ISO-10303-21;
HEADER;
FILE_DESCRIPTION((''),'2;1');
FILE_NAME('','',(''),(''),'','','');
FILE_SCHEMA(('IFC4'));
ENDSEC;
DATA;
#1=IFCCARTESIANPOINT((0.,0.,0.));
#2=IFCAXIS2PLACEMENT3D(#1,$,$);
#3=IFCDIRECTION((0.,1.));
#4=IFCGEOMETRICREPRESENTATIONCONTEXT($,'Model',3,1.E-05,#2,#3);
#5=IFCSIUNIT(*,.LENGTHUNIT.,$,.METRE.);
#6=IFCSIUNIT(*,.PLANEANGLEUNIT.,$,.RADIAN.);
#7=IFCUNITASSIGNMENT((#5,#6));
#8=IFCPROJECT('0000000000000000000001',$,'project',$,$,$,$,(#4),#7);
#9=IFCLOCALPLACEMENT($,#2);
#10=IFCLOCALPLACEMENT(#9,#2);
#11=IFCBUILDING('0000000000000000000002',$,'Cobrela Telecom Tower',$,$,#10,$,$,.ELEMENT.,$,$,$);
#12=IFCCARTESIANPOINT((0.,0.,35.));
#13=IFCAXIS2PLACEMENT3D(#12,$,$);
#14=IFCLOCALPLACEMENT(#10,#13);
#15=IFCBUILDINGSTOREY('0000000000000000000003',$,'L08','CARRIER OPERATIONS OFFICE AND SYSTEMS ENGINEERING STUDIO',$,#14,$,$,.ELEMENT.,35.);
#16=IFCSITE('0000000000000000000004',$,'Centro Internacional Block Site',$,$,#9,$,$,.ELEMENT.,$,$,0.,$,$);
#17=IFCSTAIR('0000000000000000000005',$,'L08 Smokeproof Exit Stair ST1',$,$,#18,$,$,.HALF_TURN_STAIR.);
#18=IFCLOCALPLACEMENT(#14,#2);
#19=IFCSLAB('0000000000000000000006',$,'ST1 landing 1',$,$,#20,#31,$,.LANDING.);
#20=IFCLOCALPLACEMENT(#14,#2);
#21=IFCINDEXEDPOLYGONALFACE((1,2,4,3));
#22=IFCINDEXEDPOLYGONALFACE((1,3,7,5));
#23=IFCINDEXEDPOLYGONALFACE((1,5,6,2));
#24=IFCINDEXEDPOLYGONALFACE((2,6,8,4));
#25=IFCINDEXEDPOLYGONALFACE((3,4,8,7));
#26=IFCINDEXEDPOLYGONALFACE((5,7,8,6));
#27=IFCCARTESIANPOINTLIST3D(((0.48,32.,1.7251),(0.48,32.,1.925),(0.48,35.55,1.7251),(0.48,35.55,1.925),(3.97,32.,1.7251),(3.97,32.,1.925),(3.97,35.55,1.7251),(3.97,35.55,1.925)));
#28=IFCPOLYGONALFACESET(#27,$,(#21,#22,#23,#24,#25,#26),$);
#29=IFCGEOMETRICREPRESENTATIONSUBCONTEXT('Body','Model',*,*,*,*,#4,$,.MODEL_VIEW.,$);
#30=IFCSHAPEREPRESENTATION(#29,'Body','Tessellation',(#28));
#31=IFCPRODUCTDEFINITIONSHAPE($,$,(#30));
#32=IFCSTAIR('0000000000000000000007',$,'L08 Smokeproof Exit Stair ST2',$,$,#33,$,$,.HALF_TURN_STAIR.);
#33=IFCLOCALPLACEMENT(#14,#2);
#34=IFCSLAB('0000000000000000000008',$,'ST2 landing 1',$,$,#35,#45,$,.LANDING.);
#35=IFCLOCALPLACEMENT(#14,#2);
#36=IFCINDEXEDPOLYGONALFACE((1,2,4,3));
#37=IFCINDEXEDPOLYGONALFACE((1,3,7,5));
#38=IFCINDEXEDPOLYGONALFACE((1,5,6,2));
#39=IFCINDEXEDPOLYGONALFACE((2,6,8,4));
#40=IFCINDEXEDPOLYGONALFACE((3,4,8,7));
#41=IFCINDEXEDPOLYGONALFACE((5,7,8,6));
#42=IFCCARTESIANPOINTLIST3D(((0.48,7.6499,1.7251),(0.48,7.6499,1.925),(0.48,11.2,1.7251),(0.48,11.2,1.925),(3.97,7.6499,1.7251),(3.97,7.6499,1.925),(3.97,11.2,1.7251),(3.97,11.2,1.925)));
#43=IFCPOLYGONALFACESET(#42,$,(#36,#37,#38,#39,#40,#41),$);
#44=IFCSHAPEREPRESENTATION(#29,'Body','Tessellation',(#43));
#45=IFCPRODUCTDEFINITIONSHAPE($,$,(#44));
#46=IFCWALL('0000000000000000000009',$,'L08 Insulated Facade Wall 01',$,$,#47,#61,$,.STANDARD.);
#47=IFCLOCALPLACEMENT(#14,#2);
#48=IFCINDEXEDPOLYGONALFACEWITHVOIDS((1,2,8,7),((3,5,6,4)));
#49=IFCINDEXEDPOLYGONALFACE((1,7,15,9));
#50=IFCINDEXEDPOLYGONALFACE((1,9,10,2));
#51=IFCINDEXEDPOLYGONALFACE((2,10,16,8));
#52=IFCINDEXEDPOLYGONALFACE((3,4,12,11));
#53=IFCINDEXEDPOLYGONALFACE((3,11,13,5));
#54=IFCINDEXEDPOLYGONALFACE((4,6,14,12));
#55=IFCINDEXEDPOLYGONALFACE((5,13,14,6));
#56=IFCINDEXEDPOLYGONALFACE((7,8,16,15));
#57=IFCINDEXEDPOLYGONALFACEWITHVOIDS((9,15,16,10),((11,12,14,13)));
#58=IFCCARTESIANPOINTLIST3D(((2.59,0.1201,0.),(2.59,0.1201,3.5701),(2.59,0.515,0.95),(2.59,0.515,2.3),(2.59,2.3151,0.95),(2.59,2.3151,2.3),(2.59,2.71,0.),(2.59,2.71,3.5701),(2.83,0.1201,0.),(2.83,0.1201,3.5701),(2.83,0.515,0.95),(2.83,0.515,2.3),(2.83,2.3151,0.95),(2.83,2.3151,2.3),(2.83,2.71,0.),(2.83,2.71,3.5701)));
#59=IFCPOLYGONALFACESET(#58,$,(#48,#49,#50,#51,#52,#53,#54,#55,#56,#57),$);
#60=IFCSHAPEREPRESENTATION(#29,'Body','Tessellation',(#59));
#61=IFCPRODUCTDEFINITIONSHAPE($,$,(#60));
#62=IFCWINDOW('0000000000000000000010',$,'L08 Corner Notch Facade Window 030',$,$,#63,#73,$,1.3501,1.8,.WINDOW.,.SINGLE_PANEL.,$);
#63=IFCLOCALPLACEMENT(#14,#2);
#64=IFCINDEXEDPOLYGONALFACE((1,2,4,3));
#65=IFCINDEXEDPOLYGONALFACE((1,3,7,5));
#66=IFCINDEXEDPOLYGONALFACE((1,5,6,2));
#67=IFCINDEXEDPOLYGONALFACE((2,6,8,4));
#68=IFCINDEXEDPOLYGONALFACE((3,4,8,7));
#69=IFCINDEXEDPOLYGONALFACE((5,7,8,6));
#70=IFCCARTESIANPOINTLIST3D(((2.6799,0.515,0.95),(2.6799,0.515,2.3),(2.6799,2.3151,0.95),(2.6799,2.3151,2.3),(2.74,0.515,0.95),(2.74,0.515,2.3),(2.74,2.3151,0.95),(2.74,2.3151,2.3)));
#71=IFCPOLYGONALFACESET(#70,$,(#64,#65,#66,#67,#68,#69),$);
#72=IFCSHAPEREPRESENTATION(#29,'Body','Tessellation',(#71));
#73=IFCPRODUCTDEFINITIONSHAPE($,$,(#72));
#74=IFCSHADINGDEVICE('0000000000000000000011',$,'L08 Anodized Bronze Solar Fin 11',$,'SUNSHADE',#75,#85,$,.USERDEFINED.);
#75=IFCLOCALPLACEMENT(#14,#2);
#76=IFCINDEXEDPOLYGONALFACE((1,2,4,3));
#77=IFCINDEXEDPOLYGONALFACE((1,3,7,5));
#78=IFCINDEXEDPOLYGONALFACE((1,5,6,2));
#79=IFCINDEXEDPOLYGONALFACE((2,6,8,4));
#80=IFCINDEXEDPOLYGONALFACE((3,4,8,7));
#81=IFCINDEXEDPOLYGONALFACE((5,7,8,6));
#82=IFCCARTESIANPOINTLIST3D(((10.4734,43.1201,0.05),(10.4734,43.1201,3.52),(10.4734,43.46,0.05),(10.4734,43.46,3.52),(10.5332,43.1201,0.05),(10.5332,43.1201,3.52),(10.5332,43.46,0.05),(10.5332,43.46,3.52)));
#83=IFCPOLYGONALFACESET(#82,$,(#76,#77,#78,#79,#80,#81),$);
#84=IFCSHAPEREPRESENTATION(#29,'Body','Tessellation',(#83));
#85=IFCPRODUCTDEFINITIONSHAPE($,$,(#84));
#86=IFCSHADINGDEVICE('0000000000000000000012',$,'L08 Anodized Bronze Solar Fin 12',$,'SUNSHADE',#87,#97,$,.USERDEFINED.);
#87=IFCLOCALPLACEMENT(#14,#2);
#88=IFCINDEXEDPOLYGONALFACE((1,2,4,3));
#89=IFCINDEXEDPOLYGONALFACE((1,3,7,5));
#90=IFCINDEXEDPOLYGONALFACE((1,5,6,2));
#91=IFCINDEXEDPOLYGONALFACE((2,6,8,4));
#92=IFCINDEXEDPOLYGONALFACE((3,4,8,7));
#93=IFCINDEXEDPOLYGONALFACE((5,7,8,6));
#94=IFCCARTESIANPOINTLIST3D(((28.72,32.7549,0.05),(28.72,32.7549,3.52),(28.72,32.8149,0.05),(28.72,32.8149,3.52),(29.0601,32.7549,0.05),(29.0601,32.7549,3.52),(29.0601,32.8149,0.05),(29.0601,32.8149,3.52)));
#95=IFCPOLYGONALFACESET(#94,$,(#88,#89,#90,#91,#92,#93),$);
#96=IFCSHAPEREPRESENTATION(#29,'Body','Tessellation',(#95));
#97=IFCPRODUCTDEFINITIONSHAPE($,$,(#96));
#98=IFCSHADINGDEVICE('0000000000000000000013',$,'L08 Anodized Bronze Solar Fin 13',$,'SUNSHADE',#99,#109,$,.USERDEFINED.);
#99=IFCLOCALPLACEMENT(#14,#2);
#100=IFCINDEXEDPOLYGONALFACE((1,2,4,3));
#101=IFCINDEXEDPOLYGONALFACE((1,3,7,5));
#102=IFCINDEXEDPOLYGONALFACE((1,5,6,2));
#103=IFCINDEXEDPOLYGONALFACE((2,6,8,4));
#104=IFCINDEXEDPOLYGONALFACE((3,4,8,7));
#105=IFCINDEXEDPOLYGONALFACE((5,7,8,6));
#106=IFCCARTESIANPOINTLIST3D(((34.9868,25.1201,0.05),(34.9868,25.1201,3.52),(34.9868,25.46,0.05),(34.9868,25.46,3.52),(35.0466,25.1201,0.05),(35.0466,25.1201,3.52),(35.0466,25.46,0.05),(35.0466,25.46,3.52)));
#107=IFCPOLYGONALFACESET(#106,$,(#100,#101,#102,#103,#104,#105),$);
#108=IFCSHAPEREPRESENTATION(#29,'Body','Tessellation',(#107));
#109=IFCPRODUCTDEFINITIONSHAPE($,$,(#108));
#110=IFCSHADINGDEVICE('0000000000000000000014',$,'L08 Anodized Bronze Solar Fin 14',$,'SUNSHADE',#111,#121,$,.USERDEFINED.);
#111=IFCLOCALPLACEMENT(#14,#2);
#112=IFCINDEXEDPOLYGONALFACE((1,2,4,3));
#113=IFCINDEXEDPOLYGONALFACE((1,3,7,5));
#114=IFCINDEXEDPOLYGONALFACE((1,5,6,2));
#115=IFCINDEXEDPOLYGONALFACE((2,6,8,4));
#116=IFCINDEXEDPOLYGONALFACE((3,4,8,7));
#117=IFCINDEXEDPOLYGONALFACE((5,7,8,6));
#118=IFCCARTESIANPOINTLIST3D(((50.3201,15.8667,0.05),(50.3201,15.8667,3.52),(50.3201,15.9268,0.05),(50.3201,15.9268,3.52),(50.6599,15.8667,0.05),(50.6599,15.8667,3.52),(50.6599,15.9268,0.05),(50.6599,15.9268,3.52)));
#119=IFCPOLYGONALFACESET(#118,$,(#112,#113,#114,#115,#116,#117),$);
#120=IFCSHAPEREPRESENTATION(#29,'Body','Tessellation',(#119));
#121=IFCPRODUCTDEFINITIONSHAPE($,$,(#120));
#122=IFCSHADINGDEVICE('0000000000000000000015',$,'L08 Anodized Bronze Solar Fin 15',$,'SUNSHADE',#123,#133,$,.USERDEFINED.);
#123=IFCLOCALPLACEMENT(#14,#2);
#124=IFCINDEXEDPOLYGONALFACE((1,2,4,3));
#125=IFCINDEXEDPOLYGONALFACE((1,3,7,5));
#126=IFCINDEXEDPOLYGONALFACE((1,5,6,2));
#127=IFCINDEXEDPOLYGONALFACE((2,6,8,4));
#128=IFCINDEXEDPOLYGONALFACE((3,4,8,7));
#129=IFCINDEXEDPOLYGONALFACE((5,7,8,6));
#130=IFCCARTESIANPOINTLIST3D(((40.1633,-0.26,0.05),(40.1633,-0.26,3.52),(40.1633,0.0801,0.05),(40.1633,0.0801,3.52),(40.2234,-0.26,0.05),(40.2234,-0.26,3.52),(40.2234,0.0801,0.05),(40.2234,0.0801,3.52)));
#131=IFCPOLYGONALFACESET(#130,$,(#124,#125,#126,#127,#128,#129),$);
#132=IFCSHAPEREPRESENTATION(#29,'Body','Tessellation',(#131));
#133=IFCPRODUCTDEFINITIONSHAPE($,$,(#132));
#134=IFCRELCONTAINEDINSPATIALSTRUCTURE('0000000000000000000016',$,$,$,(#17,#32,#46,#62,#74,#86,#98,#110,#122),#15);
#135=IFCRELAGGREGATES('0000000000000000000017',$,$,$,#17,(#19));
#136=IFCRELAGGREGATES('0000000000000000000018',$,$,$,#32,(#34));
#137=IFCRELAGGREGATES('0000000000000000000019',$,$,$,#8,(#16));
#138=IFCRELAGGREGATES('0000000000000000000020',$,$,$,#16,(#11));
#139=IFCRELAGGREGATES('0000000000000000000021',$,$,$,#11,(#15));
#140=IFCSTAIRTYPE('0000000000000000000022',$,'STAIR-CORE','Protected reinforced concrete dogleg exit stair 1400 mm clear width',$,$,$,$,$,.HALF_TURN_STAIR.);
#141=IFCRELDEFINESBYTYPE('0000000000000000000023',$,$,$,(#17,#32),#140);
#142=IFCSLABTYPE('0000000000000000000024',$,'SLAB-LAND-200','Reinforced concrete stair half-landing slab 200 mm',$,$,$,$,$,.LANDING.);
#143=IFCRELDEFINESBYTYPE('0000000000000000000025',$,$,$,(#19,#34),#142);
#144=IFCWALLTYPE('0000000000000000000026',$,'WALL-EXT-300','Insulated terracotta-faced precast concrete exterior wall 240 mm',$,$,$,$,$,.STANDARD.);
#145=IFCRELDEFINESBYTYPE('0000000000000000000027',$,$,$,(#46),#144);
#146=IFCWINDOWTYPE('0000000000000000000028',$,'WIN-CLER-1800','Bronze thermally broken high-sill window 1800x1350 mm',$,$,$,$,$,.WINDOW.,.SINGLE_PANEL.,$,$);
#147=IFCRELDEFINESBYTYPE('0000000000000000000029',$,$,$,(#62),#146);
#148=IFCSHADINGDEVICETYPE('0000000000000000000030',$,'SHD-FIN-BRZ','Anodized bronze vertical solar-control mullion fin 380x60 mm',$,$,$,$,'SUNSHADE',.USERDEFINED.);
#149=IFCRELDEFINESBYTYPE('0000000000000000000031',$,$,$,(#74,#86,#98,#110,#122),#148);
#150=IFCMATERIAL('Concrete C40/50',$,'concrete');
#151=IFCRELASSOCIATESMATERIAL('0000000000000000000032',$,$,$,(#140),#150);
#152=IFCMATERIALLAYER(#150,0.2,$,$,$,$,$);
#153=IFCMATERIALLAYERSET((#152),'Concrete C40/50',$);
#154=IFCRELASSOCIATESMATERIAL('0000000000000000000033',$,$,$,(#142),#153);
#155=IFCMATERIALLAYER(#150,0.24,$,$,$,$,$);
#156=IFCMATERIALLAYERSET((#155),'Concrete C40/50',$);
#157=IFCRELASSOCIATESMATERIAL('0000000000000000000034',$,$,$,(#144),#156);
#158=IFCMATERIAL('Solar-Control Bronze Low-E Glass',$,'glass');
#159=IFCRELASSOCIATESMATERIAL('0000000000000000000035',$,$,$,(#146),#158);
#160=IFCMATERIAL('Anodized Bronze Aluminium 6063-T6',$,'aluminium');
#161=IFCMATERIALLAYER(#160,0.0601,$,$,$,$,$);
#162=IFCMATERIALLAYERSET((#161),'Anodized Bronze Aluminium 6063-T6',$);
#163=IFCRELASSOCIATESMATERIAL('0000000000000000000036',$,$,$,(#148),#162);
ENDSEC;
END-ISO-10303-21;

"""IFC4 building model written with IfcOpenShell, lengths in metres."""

from ifc_helpers import new_model, si_unit, direction, frame, frame_2d, origin, place, context, subcontext, project, spatial, polyline, rectangle, outline, extrude, material, layer, layer_set, type_object, element, fill, aggregate, save


model = new_model("IFC4")

# Units and contexts
model_context = context("Model", 3, precision=1e-05, world=origin(), true_north=direction((0.0, 1.0)))
body_context = subcontext(model_context, "Body", "Model", "MODEL_VIEW")
ifc_project = project(units=[si_unit("LENGTHUNIT", "METRE"), si_unit("PLANEANGLEUNIT", "RADIAN")], contexts=[model_context])

# Site, building, storey
site_placement = place(None, origin())
site = spatial("IfcSite", under=ifc_project, at=site_placement, Name="Centro Internacional Block Site", CompositionType="ELEMENT", RefElevation=0.0)
building_placement = place(site_placement, origin())
building = spatial("IfcBuilding", under=site, at=building_placement, Name="Cobrela Telecom Tower", CompositionType="ELEMENT")
storey_placement = place(building_placement, frame((0.0, 0.0, 35.0)))
storey = spatial("IfcBuildingStorey", under=building, at=storey_placement, Name="L08", Description="CARRIER OPERATIONS OFFICE AND SYSTEMS ENGINEERING STUDIO", CompositionType="ELEMENT", Elevation=35.0)

# Shared definitions
ifc_material_1 = material(Name="Anodized Bronze Aluminium 6063-T6", Category="aluminium")

# Shared definitions
ifc_material_2 = material(Name="Concrete C40/50", Category="concrete")

# Stairs, slabs
stair_type = type_object("IfcStairType", Name="STAIR-CORE", Description="Protected reinforced concrete dogleg exit stair 1400 mm clear width", PredefinedType="HALF_TURN_STAIR", material=ifc_material_2)
stair_1_placement = place(storey_placement, origin())
stair_1 = element("IfcStair", 1, at=stair_1_placement, inside=storey, type_object=stair_type, Name="L08 Smokeproof Exit Stair ST1", PredefinedType="HALF_TURN_STAIR")
ifc_layer_1 = layer(ifc_material_2, 0.2)
ifc_layer_set_1 = layer_set([ifc_layer_1], Name="Concrete C40/50")
slab_type_1 = type_object("IfcSlabType", Name="SLAB-LAND-200", Description="Reinforced concrete stair half-landing slab 200 mm", PredefinedType="LANDING", material=ifc_layer_set_1)
slab_1_placement = place(storey_placement, frame((0.0, 0.0, 1.7251)))
slab_1 = element("IfcSlab", 2, at=slab_1_placement, type_object=slab_type_1, Name="ST1 landing 1", PredefinedType="LANDING", context=body_context, shape_type="SweptSolid", body=[
    extrude(outline(polyline([(3.97, 35.55), (0.48, 35.55), (0.48, 32.0), (3.97, 32.0), (3.97, 35.55)])), origin(), (0.0, 0.0, 1.0), 0.2),
])
aggregate(stair_1, [slab_1])
stair_2_placement = place(storey_placement, origin())
stair_2 = element("IfcStair", 3, at=stair_2_placement, inside=storey, type_object=stair_type, Name="L08 Smokeproof Exit Stair ST2", PredefinedType="HALF_TURN_STAIR")
slab_2_placement = place(storey_placement, frame((0.0, 0.0, 1.7251)))
slab_2 = element("IfcSlab", 4, at=slab_2_placement, type_object=slab_type_1, Name="ST2 landing 1", PredefinedType="LANDING", context=body_context, shape_type="SweptSolid", body=[
    extrude(outline(polyline([(3.97, 11.2), (0.48, 11.2), (0.48, 7.6499), (3.97, 7.6499), (3.97, 11.2)])), origin(), (0.0, 0.0, 1.0), 0.2),
])
aggregate(stair_2, [slab_2])

# Wall, opening, window
ifc_layer_2 = layer(ifc_material_2, 0.24)
ifc_layer_set_2 = layer_set([ifc_layer_2], Name="Concrete C40/50")
wall_type = type_object("IfcWallType", Name="WALL-EXT-300", Description="Insulated terracotta-faced precast concrete exterior wall 240 mm", PredefinedType="STANDARD", material=ifc_layer_set_2)
wall_placement = place(storey_placement, frame((2.71, 0.1201, 0.0), z_axis=(0.0, 0.0, 1.0), x_axis=(0.0, 1.0, 0.0)))
wall = element("IfcWall", 5, at=wall_placement, inside=storey, type_object=wall_type, Name="L08 Insulated Facade Wall 01", PredefinedType="STANDARD", context=body_context, shape_type="SweptSolid", body=[
    extrude(rectangle(XDim=2.5898, YDim=0.24, at=frame_2d((1.2949, 0.0))), origin(), (0.0, 0.0, 1.0), 3.5701),
])
opening_1_placement = place(wall_placement, frame((0.395, 0.0, 0.95)))
opening_1 = element("IfcOpeningElement", 6, at=opening_1_placement, cuts=wall, PredefinedType="OPENING", context=body_context, shape_type="SweptSolid", body=[
    extrude(rectangle(XDim=1.8, YDim=1.3501, at=frame_2d((0.8999, 0.675))), frame((0.0, 0.1318, 0.0), z_axis=(0.0, -1.0, 0.0), x_axis=(1.0, 0.0, 0.0)), (0.0, 0.0, 1.0), 0.2639),
])
ifc_material_3 = material(Name="Solar-Control Bronze Low-E Glass", Category="glass")
window_type = type_object("IfcWindowType", Name="WIN-CLER-1800", Description="Bronze thermally broken high-sill window 1800x1350 mm", PartitioningType="SINGLE_PANEL", PredefinedType="WINDOW", material=ifc_material_3)
window_placement = place(opening_1_placement, origin())
window = element("IfcWindow", 7, at=window_placement, inside=storey, type_object=window_type, Name="L08 Corner Notch Facade Window 030", OverallHeight=1.3501, OverallWidth=1.8, PartitioningType="SINGLE_PANEL", PredefinedType="WINDOW", context=body_context, shape_type="SweptSolid", body=[
    extrude(rectangle(XDim=1.8, YDim=1.3501, at=frame_2d((0.8999, 0.675))), frame((0.0, 0.03, 0.0), z_axis=(0.0, -1.0, 0.0), x_axis=(1.0, 0.0, 0.0)), (0.0, 0.0, 1.0), 0.0601),
])
fill(opening_1, window)

# Shading devices
ifc_layer_3 = layer(ifc_material_1, 0.0601)
ifc_layer_set_3 = layer_set([ifc_layer_3], Name="Anodized Bronze Aluminium 6063-T6")
shading_device_type = type_object("IfcShadingDeviceType", Name="SHD-FIN-BRZ", Description="Anodized bronze vertical solar-control mullion fin 380x60 mm", ElementType="SUNSHADE", PredefinedType="USERDEFINED", material=ifc_layer_set_3)
shading_device_1_placement = place(storey_placement, frame((0.0, 0.0, 0.05)))
element("IfcShadingDevice", 8, at=shading_device_1_placement, inside=storey, type_object=shading_device_type, Name="L08 Anodized Bronze Solar Fin 11", ObjectType="SUNSHADE", PredefinedType="USERDEFINED", context=body_context, shape_type="SweptSolid", body=[
    extrude(outline(polyline([(10.4734, 43.1201), (10.5332, 43.1201), (10.5332, 43.46), (10.4734, 43.46), (10.4734, 43.1201)])), origin(), (0.0, 0.0, 1.0), 3.47),
])
shading_device_2_placement = place(storey_placement, frame((0.0, 0.0, 0.05)))
element("IfcShadingDevice", 9, at=shading_device_2_placement, inside=storey, type_object=shading_device_type, Name="L08 Anodized Bronze Solar Fin 12", ObjectType="SUNSHADE", PredefinedType="USERDEFINED", context=body_context, shape_type="SweptSolid", body=[
    extrude(outline(polyline([(28.72, 32.8149), (28.72, 32.7549), (29.0601, 32.7549), (29.0601, 32.8149), (28.72, 32.8149)])), origin(), (0.0, 0.0, 1.0), 3.47),
])
shading_device_3_placement = place(storey_placement, frame((0.0, 0.0, 0.05)))
element("IfcShadingDevice", 10, at=shading_device_3_placement, inside=storey, type_object=shading_device_type, Name="L08 Anodized Bronze Solar Fin 13", ObjectType="SUNSHADE", PredefinedType="USERDEFINED", context=body_context, shape_type="SweptSolid", body=[
    extrude(outline(polyline([(34.9868, 25.1201), (35.0466, 25.1201), (35.0466, 25.46), (34.9868, 25.46), (34.9868, 25.1201)])), origin(), (0.0, 0.0, 1.0), 3.47),
])
shading_device_4_placement = place(storey_placement, frame((0.0, 0.0, 0.05)))
element("IfcShadingDevice", 11, at=shading_device_4_placement, inside=storey, type_object=shading_device_type, Name="L08 Anodized Bronze Solar Fin 14", ObjectType="SUNSHADE", PredefinedType="USERDEFINED", context=body_context, shape_type="SweptSolid", body=[
    extrude(outline(polyline([(50.3201, 15.9268), (50.3201, 15.8667), (50.6599, 15.8667), (50.6599, 15.9268), (50.3201, 15.9268)])), origin(), (0.0, 0.0, 1.0), 3.47),
])
shading_device_5_placement = place(storey_placement, frame((0.0, 0.0, 0.05)))
element("IfcShadingDevice", 12, at=shading_device_5_placement, inside=storey, type_object=shading_device_type, Name="L08 Anodized Bronze Solar Fin 15", ObjectType="SUNSHADE", PredefinedType="USERDEFINED", context=body_context, shape_type="SweptSolid", body=[
    extrude(outline(polyline([(40.2234, 0.0801), (40.1633, 0.0801), (40.1633, -0.26), (40.2234, -0.26), (40.2234, 0.0801)])), origin(), (0.0, 0.0, 1.0), 3.47),
])

save(model, "model.ifc")
